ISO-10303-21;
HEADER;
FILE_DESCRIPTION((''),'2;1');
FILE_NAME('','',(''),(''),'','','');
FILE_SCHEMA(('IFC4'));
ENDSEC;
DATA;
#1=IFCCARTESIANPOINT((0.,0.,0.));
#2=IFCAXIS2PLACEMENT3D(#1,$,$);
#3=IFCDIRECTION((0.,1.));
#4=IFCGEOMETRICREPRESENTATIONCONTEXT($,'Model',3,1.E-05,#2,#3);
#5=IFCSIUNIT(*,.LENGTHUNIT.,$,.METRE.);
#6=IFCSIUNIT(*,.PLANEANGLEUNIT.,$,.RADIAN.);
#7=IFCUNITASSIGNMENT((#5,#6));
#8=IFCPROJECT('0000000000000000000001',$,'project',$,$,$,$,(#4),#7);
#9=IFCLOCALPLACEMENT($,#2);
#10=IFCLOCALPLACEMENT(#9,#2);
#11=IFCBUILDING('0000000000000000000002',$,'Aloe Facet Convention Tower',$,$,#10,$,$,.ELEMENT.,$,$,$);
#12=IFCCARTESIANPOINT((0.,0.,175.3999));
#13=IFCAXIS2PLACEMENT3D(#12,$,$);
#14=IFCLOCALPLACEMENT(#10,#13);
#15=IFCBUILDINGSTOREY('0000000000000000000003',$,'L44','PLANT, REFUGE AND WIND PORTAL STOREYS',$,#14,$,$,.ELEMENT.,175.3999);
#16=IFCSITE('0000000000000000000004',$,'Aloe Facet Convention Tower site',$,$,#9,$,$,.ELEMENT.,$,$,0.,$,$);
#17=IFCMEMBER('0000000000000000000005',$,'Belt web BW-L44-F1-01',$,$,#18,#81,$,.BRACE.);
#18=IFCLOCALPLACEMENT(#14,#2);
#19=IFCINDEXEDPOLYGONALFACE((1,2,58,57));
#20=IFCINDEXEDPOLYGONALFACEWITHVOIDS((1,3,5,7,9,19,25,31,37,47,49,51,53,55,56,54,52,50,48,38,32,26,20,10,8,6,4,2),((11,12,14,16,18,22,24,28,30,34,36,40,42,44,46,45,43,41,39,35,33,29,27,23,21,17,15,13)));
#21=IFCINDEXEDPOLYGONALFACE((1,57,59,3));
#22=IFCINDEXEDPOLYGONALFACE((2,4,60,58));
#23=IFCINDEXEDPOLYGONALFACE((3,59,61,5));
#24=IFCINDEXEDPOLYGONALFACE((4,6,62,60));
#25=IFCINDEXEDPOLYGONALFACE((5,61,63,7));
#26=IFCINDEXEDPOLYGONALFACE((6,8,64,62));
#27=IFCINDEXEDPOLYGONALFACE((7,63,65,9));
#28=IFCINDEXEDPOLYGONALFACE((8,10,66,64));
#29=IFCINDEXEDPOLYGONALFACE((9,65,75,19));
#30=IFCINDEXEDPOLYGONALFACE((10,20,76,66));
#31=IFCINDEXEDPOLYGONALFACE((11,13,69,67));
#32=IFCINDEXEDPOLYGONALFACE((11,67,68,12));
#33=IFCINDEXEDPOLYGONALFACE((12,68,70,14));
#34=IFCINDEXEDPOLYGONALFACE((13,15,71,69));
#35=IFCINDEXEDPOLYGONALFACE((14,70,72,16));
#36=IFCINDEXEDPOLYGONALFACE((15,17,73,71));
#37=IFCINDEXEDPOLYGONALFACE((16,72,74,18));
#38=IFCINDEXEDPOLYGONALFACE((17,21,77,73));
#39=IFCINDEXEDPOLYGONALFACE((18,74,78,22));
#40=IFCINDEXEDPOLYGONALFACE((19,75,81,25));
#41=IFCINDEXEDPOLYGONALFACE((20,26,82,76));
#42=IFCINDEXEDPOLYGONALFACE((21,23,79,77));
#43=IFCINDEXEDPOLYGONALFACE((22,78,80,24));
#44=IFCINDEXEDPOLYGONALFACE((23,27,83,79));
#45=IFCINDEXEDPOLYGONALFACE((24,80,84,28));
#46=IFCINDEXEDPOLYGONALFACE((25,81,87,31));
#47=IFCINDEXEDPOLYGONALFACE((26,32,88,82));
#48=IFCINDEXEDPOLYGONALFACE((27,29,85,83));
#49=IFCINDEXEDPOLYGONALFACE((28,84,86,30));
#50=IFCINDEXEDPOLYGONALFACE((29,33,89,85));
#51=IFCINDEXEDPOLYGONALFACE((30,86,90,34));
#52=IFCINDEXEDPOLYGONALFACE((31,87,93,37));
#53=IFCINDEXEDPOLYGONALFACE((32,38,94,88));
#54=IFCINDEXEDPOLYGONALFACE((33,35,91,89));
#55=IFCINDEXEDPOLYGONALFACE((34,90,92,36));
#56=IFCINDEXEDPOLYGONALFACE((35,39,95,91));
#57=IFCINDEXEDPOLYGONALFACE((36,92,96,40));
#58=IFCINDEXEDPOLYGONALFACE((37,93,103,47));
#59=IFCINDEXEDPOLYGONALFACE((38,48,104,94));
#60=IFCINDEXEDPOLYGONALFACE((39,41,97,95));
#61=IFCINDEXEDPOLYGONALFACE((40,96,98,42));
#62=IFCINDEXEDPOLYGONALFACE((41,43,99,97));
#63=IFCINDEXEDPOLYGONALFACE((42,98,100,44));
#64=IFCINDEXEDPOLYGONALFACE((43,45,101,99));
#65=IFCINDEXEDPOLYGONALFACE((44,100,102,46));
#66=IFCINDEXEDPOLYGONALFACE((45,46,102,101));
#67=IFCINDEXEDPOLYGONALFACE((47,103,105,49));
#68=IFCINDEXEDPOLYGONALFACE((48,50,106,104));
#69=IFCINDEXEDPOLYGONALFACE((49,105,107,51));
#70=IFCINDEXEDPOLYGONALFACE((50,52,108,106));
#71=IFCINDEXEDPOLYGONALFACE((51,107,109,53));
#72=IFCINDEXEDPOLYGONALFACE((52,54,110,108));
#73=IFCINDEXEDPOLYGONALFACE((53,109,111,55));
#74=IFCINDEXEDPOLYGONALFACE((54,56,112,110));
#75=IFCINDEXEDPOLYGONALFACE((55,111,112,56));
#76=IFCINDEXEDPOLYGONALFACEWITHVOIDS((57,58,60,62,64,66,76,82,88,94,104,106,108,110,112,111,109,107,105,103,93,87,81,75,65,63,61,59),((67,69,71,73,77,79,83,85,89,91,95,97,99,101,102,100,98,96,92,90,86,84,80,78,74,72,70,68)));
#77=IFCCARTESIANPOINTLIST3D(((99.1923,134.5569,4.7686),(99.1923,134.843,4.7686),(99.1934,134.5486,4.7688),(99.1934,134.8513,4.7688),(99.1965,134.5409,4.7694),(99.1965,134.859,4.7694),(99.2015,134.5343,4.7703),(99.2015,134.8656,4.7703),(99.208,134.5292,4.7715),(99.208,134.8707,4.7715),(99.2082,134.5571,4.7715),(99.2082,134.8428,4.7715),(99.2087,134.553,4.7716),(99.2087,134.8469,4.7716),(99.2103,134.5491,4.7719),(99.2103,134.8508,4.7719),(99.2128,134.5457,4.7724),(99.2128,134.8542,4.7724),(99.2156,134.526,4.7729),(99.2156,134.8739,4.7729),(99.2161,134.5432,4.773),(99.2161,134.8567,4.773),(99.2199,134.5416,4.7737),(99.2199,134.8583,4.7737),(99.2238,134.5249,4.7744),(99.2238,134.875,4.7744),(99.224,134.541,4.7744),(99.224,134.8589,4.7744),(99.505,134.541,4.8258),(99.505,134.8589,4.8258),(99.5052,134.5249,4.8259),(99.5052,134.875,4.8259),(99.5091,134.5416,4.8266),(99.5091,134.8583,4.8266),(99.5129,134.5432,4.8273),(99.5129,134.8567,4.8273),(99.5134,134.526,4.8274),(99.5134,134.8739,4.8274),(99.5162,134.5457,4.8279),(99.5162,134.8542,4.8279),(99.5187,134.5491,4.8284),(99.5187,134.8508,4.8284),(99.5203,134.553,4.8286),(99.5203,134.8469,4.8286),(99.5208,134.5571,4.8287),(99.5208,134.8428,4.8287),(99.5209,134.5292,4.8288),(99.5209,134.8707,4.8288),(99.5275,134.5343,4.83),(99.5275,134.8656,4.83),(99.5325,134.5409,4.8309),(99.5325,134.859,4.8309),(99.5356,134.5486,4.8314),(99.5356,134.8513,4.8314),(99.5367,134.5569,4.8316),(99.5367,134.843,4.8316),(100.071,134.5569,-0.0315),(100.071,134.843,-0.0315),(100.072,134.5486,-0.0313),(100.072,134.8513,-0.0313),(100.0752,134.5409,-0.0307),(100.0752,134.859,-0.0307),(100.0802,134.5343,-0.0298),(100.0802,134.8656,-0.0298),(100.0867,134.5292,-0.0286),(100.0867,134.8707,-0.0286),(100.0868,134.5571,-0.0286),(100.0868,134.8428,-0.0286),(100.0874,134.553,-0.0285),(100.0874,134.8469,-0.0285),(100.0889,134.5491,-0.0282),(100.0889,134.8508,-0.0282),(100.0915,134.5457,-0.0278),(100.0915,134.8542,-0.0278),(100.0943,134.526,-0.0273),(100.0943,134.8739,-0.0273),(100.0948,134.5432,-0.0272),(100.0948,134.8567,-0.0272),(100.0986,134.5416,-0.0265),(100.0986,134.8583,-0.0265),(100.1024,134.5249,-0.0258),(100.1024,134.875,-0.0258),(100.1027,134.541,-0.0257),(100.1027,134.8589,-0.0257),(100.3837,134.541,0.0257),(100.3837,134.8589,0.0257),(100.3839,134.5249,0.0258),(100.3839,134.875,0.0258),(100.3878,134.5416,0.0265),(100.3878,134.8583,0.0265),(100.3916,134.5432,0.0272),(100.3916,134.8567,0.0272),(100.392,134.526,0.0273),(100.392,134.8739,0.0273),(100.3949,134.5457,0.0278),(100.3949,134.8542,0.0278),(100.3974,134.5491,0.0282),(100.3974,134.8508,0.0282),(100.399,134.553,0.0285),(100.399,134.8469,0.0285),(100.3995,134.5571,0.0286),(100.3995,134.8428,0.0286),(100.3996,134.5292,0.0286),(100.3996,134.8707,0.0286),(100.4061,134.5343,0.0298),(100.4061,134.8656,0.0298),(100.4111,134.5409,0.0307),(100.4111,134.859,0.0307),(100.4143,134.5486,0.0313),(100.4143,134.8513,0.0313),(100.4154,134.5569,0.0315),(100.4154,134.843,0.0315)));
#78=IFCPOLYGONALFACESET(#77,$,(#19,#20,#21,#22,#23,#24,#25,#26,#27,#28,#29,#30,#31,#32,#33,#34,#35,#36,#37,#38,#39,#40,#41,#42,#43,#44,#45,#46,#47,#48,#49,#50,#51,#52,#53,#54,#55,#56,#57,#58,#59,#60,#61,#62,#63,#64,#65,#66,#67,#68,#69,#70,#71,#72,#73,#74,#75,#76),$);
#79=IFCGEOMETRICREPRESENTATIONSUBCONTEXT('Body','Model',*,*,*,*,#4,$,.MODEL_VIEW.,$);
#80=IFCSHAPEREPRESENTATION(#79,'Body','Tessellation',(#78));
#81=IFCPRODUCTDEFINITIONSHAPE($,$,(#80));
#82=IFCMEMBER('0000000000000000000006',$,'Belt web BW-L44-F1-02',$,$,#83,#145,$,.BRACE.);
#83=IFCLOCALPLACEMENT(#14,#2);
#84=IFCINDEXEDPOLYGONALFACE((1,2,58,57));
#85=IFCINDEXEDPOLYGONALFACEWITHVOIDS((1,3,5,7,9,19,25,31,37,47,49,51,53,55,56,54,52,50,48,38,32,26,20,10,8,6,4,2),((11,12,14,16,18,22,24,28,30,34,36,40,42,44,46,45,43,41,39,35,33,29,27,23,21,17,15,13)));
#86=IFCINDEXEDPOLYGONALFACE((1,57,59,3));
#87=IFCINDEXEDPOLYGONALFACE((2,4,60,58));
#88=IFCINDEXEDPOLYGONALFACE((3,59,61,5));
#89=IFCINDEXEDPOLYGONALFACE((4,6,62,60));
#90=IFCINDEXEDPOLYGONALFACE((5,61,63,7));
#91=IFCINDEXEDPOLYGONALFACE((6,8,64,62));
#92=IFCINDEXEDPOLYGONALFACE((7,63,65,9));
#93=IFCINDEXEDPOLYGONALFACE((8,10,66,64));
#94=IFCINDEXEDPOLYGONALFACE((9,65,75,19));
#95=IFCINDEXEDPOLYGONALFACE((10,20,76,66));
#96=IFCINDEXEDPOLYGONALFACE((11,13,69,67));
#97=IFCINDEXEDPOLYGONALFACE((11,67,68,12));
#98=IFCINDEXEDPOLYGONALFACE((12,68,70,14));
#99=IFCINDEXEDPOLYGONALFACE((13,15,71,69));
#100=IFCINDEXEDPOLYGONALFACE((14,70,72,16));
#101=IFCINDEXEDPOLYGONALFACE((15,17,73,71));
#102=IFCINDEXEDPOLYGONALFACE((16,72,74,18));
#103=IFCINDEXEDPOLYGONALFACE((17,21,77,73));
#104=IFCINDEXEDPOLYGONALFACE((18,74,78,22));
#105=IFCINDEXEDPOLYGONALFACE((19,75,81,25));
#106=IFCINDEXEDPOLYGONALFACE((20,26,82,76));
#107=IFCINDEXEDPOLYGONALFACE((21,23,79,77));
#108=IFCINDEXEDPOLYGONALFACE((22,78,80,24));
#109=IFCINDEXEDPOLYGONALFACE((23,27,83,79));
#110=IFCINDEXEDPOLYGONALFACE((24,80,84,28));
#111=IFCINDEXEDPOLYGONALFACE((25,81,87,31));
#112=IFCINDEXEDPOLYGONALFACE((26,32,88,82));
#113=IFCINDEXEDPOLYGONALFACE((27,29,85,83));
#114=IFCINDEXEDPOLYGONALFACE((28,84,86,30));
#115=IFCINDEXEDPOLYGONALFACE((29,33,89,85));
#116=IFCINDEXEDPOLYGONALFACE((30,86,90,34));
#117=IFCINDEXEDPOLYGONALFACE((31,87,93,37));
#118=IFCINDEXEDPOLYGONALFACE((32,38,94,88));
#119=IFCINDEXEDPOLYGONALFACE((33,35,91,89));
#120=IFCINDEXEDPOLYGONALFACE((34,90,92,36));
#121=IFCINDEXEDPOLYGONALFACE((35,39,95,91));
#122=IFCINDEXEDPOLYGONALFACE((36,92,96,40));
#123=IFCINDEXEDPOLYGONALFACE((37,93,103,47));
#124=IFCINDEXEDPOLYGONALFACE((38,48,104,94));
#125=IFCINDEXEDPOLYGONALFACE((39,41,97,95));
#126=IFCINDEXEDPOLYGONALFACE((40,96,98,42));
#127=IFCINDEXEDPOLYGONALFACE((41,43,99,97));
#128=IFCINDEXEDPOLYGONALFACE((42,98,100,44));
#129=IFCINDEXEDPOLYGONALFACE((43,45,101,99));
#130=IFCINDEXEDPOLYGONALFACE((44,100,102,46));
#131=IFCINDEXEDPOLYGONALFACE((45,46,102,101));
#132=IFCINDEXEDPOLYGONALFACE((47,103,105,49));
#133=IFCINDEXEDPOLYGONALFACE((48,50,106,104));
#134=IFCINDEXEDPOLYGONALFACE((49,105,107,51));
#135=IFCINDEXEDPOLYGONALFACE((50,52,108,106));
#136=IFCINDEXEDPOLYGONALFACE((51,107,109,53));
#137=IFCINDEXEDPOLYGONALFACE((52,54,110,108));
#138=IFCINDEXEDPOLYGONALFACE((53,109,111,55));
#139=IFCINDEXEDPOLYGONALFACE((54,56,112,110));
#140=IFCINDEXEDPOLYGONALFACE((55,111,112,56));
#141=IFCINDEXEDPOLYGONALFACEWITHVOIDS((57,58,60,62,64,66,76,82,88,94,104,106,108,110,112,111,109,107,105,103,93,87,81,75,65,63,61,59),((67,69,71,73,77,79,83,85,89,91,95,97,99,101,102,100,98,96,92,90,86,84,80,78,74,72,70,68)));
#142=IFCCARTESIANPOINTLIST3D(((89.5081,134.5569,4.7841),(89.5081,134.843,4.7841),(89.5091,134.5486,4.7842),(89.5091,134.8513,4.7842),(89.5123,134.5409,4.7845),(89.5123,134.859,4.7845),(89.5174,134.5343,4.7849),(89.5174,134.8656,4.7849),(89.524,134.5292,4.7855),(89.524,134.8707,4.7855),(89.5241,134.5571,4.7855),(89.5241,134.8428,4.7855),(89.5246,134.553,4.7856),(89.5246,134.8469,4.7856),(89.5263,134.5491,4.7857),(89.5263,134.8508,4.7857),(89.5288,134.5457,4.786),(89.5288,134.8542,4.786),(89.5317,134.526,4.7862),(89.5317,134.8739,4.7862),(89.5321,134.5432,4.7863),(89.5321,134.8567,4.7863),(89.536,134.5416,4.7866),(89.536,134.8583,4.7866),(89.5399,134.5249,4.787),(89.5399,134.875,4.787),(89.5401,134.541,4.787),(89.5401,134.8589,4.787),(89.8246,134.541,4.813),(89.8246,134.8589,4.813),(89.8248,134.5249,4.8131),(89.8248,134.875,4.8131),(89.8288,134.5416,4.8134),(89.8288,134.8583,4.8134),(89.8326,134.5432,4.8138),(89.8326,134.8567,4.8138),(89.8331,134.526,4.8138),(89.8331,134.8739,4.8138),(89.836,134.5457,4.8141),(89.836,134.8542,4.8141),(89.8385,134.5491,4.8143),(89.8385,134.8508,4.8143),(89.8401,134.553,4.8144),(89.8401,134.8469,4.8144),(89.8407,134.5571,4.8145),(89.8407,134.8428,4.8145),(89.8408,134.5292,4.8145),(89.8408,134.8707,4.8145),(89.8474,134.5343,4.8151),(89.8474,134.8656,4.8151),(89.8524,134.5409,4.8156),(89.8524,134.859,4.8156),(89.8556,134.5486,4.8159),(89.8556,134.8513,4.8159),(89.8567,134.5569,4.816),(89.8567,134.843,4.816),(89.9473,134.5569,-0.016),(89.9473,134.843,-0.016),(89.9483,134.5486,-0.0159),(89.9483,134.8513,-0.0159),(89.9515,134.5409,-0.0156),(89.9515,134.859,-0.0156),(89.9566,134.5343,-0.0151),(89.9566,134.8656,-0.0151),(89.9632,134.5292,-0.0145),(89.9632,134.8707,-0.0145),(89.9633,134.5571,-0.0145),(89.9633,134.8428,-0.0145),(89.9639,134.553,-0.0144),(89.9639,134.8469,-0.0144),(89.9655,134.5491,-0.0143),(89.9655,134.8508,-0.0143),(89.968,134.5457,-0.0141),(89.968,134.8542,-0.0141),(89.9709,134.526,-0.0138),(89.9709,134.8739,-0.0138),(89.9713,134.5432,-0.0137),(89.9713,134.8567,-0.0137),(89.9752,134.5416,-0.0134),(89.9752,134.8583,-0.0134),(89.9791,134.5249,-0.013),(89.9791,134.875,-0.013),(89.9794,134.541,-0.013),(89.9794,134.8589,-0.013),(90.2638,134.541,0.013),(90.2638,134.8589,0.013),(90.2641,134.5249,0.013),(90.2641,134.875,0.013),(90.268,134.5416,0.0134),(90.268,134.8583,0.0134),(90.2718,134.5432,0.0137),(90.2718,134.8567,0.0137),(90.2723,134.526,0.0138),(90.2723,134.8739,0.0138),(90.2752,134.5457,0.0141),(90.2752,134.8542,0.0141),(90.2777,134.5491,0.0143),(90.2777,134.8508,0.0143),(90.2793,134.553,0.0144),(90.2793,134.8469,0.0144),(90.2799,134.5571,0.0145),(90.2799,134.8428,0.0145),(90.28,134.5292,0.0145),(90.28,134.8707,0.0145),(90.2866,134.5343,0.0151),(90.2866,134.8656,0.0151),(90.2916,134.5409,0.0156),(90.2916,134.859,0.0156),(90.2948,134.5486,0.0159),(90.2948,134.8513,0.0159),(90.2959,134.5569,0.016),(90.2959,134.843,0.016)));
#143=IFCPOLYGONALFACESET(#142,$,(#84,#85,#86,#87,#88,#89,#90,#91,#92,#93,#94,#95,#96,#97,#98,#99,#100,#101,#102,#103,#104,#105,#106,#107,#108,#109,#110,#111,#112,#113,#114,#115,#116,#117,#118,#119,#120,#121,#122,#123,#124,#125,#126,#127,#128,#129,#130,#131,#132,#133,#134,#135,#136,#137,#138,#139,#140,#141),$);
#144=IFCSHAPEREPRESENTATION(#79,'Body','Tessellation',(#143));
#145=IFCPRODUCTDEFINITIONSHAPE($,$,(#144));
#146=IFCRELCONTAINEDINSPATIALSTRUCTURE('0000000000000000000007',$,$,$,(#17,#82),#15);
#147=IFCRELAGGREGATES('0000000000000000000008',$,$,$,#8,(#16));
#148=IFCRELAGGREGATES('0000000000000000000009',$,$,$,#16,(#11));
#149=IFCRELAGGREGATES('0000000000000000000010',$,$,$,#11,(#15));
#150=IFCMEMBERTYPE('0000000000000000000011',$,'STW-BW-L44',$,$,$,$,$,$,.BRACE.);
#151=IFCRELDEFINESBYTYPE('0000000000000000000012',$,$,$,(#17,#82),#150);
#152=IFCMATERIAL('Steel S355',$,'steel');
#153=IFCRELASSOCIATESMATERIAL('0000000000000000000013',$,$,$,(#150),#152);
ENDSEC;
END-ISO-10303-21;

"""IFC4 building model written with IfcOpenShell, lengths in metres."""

from ifc_helpers import new_model, si_unit, direction, frame, origin, origin_2d, place, context, subcontext, project, spatial, hollow_rectangle, extrude, material, material_profile, profile_set, type_object, element, save


model = new_model("IFC4")

# Units and contexts
model_context = context("Model", 3, precision=1e-05, world=origin(), true_north=direction((0.0, 1.0)))
body_context = subcontext(model_context, "Body", "Model", "MODEL_VIEW")
ifc_project = project(units=[si_unit("LENGTHUNIT", "METRE"), si_unit("PLANEANGLEUNIT", "RADIAN")], contexts=[model_context])

# Site, building, storey
site_placement = place(None, origin())
site = spatial("IfcSite", under=ifc_project, at=site_placement, Name="Aloe Facet Convention Tower site", CompositionType="ELEMENT", RefElevation=0.0)
building_placement = place(site_placement, origin())
building = spatial("IfcBuilding", under=site, at=building_placement, Name="Aloe Facet Convention Tower", CompositionType="ELEMENT")
storey_placement = place(building_placement, frame((0.0, 0.0, 175.3999)))
storey = spatial("IfcBuildingStorey", under=building, at=storey_placement, Name="L44", Description="PLANT, REFUGE AND WIND PORTAL STOREYS", CompositionType="ELEMENT", Elevation=175.3999)

# Members
ifc_material_1 = material(Name="Steel S355", Category="steel")
ifc_material_profile_1 = material_profile(ifc_material_1, hollow_rectangle(XDim=0.3501, YDim=0.3501, WallThickness=0.0161, InnerFilletRadius=0.0161, OuterFilletRadius=0.032, at=origin_2d()), Name="SHS 350x350x16")
ifc_profile_set_1 = profile_set([ifc_material_profile_1], Name="Steel S355")
member_type_1 = type_object("IfcMemberType", Name="STW-BW-L44", PredefinedType="BRACE", material=ifc_profile_set_1)
member_1_placement = place(storey_placement, frame((100.2432, 134.7, 0.0), z_axis=(-0.180061, 0.0, 0.983655), x_axis=(0.0, -1.0, 0.0)))
element("IfcMember", 1, at=member_1_placement, inside=storey, type_object=member_type_1, Name="Belt web BW-L44-F1-01", PredefinedType="BRACE", context=body_context, shape_type="SweptSolid", body=[
    extrude(hollow_rectangle(XDim=0.3501, YDim=0.3501, WallThickness=0.0161, InnerFilletRadius=0.0161, OuterFilletRadius=0.032, at=origin_2d()), origin(), (0.0, 0.0, 1.0), 4.8799),
])
member_2_placement = place(storey_placement, frame((90.1216, 134.7, 0.0), z_axis=(-0.09112, 0.0, 0.99584), x_axis=(0.0, -1.0, 0.0)))
element("IfcMember", 2, at=member_2_placement, inside=storey, type_object=member_type_1, Name="Belt web BW-L44-F1-02", PredefinedType="BRACE", context=body_context, shape_type="SweptSolid", body=[
    extrude(hollow_rectangle(XDim=0.3501, YDim=0.3501, WallThickness=0.0161, InnerFilletRadius=0.0161, OuterFilletRadius=0.032, at=origin_2d()), origin(), (0.0, 0.0, 1.0), 4.8201),
])

save(model, "model.ifc")
